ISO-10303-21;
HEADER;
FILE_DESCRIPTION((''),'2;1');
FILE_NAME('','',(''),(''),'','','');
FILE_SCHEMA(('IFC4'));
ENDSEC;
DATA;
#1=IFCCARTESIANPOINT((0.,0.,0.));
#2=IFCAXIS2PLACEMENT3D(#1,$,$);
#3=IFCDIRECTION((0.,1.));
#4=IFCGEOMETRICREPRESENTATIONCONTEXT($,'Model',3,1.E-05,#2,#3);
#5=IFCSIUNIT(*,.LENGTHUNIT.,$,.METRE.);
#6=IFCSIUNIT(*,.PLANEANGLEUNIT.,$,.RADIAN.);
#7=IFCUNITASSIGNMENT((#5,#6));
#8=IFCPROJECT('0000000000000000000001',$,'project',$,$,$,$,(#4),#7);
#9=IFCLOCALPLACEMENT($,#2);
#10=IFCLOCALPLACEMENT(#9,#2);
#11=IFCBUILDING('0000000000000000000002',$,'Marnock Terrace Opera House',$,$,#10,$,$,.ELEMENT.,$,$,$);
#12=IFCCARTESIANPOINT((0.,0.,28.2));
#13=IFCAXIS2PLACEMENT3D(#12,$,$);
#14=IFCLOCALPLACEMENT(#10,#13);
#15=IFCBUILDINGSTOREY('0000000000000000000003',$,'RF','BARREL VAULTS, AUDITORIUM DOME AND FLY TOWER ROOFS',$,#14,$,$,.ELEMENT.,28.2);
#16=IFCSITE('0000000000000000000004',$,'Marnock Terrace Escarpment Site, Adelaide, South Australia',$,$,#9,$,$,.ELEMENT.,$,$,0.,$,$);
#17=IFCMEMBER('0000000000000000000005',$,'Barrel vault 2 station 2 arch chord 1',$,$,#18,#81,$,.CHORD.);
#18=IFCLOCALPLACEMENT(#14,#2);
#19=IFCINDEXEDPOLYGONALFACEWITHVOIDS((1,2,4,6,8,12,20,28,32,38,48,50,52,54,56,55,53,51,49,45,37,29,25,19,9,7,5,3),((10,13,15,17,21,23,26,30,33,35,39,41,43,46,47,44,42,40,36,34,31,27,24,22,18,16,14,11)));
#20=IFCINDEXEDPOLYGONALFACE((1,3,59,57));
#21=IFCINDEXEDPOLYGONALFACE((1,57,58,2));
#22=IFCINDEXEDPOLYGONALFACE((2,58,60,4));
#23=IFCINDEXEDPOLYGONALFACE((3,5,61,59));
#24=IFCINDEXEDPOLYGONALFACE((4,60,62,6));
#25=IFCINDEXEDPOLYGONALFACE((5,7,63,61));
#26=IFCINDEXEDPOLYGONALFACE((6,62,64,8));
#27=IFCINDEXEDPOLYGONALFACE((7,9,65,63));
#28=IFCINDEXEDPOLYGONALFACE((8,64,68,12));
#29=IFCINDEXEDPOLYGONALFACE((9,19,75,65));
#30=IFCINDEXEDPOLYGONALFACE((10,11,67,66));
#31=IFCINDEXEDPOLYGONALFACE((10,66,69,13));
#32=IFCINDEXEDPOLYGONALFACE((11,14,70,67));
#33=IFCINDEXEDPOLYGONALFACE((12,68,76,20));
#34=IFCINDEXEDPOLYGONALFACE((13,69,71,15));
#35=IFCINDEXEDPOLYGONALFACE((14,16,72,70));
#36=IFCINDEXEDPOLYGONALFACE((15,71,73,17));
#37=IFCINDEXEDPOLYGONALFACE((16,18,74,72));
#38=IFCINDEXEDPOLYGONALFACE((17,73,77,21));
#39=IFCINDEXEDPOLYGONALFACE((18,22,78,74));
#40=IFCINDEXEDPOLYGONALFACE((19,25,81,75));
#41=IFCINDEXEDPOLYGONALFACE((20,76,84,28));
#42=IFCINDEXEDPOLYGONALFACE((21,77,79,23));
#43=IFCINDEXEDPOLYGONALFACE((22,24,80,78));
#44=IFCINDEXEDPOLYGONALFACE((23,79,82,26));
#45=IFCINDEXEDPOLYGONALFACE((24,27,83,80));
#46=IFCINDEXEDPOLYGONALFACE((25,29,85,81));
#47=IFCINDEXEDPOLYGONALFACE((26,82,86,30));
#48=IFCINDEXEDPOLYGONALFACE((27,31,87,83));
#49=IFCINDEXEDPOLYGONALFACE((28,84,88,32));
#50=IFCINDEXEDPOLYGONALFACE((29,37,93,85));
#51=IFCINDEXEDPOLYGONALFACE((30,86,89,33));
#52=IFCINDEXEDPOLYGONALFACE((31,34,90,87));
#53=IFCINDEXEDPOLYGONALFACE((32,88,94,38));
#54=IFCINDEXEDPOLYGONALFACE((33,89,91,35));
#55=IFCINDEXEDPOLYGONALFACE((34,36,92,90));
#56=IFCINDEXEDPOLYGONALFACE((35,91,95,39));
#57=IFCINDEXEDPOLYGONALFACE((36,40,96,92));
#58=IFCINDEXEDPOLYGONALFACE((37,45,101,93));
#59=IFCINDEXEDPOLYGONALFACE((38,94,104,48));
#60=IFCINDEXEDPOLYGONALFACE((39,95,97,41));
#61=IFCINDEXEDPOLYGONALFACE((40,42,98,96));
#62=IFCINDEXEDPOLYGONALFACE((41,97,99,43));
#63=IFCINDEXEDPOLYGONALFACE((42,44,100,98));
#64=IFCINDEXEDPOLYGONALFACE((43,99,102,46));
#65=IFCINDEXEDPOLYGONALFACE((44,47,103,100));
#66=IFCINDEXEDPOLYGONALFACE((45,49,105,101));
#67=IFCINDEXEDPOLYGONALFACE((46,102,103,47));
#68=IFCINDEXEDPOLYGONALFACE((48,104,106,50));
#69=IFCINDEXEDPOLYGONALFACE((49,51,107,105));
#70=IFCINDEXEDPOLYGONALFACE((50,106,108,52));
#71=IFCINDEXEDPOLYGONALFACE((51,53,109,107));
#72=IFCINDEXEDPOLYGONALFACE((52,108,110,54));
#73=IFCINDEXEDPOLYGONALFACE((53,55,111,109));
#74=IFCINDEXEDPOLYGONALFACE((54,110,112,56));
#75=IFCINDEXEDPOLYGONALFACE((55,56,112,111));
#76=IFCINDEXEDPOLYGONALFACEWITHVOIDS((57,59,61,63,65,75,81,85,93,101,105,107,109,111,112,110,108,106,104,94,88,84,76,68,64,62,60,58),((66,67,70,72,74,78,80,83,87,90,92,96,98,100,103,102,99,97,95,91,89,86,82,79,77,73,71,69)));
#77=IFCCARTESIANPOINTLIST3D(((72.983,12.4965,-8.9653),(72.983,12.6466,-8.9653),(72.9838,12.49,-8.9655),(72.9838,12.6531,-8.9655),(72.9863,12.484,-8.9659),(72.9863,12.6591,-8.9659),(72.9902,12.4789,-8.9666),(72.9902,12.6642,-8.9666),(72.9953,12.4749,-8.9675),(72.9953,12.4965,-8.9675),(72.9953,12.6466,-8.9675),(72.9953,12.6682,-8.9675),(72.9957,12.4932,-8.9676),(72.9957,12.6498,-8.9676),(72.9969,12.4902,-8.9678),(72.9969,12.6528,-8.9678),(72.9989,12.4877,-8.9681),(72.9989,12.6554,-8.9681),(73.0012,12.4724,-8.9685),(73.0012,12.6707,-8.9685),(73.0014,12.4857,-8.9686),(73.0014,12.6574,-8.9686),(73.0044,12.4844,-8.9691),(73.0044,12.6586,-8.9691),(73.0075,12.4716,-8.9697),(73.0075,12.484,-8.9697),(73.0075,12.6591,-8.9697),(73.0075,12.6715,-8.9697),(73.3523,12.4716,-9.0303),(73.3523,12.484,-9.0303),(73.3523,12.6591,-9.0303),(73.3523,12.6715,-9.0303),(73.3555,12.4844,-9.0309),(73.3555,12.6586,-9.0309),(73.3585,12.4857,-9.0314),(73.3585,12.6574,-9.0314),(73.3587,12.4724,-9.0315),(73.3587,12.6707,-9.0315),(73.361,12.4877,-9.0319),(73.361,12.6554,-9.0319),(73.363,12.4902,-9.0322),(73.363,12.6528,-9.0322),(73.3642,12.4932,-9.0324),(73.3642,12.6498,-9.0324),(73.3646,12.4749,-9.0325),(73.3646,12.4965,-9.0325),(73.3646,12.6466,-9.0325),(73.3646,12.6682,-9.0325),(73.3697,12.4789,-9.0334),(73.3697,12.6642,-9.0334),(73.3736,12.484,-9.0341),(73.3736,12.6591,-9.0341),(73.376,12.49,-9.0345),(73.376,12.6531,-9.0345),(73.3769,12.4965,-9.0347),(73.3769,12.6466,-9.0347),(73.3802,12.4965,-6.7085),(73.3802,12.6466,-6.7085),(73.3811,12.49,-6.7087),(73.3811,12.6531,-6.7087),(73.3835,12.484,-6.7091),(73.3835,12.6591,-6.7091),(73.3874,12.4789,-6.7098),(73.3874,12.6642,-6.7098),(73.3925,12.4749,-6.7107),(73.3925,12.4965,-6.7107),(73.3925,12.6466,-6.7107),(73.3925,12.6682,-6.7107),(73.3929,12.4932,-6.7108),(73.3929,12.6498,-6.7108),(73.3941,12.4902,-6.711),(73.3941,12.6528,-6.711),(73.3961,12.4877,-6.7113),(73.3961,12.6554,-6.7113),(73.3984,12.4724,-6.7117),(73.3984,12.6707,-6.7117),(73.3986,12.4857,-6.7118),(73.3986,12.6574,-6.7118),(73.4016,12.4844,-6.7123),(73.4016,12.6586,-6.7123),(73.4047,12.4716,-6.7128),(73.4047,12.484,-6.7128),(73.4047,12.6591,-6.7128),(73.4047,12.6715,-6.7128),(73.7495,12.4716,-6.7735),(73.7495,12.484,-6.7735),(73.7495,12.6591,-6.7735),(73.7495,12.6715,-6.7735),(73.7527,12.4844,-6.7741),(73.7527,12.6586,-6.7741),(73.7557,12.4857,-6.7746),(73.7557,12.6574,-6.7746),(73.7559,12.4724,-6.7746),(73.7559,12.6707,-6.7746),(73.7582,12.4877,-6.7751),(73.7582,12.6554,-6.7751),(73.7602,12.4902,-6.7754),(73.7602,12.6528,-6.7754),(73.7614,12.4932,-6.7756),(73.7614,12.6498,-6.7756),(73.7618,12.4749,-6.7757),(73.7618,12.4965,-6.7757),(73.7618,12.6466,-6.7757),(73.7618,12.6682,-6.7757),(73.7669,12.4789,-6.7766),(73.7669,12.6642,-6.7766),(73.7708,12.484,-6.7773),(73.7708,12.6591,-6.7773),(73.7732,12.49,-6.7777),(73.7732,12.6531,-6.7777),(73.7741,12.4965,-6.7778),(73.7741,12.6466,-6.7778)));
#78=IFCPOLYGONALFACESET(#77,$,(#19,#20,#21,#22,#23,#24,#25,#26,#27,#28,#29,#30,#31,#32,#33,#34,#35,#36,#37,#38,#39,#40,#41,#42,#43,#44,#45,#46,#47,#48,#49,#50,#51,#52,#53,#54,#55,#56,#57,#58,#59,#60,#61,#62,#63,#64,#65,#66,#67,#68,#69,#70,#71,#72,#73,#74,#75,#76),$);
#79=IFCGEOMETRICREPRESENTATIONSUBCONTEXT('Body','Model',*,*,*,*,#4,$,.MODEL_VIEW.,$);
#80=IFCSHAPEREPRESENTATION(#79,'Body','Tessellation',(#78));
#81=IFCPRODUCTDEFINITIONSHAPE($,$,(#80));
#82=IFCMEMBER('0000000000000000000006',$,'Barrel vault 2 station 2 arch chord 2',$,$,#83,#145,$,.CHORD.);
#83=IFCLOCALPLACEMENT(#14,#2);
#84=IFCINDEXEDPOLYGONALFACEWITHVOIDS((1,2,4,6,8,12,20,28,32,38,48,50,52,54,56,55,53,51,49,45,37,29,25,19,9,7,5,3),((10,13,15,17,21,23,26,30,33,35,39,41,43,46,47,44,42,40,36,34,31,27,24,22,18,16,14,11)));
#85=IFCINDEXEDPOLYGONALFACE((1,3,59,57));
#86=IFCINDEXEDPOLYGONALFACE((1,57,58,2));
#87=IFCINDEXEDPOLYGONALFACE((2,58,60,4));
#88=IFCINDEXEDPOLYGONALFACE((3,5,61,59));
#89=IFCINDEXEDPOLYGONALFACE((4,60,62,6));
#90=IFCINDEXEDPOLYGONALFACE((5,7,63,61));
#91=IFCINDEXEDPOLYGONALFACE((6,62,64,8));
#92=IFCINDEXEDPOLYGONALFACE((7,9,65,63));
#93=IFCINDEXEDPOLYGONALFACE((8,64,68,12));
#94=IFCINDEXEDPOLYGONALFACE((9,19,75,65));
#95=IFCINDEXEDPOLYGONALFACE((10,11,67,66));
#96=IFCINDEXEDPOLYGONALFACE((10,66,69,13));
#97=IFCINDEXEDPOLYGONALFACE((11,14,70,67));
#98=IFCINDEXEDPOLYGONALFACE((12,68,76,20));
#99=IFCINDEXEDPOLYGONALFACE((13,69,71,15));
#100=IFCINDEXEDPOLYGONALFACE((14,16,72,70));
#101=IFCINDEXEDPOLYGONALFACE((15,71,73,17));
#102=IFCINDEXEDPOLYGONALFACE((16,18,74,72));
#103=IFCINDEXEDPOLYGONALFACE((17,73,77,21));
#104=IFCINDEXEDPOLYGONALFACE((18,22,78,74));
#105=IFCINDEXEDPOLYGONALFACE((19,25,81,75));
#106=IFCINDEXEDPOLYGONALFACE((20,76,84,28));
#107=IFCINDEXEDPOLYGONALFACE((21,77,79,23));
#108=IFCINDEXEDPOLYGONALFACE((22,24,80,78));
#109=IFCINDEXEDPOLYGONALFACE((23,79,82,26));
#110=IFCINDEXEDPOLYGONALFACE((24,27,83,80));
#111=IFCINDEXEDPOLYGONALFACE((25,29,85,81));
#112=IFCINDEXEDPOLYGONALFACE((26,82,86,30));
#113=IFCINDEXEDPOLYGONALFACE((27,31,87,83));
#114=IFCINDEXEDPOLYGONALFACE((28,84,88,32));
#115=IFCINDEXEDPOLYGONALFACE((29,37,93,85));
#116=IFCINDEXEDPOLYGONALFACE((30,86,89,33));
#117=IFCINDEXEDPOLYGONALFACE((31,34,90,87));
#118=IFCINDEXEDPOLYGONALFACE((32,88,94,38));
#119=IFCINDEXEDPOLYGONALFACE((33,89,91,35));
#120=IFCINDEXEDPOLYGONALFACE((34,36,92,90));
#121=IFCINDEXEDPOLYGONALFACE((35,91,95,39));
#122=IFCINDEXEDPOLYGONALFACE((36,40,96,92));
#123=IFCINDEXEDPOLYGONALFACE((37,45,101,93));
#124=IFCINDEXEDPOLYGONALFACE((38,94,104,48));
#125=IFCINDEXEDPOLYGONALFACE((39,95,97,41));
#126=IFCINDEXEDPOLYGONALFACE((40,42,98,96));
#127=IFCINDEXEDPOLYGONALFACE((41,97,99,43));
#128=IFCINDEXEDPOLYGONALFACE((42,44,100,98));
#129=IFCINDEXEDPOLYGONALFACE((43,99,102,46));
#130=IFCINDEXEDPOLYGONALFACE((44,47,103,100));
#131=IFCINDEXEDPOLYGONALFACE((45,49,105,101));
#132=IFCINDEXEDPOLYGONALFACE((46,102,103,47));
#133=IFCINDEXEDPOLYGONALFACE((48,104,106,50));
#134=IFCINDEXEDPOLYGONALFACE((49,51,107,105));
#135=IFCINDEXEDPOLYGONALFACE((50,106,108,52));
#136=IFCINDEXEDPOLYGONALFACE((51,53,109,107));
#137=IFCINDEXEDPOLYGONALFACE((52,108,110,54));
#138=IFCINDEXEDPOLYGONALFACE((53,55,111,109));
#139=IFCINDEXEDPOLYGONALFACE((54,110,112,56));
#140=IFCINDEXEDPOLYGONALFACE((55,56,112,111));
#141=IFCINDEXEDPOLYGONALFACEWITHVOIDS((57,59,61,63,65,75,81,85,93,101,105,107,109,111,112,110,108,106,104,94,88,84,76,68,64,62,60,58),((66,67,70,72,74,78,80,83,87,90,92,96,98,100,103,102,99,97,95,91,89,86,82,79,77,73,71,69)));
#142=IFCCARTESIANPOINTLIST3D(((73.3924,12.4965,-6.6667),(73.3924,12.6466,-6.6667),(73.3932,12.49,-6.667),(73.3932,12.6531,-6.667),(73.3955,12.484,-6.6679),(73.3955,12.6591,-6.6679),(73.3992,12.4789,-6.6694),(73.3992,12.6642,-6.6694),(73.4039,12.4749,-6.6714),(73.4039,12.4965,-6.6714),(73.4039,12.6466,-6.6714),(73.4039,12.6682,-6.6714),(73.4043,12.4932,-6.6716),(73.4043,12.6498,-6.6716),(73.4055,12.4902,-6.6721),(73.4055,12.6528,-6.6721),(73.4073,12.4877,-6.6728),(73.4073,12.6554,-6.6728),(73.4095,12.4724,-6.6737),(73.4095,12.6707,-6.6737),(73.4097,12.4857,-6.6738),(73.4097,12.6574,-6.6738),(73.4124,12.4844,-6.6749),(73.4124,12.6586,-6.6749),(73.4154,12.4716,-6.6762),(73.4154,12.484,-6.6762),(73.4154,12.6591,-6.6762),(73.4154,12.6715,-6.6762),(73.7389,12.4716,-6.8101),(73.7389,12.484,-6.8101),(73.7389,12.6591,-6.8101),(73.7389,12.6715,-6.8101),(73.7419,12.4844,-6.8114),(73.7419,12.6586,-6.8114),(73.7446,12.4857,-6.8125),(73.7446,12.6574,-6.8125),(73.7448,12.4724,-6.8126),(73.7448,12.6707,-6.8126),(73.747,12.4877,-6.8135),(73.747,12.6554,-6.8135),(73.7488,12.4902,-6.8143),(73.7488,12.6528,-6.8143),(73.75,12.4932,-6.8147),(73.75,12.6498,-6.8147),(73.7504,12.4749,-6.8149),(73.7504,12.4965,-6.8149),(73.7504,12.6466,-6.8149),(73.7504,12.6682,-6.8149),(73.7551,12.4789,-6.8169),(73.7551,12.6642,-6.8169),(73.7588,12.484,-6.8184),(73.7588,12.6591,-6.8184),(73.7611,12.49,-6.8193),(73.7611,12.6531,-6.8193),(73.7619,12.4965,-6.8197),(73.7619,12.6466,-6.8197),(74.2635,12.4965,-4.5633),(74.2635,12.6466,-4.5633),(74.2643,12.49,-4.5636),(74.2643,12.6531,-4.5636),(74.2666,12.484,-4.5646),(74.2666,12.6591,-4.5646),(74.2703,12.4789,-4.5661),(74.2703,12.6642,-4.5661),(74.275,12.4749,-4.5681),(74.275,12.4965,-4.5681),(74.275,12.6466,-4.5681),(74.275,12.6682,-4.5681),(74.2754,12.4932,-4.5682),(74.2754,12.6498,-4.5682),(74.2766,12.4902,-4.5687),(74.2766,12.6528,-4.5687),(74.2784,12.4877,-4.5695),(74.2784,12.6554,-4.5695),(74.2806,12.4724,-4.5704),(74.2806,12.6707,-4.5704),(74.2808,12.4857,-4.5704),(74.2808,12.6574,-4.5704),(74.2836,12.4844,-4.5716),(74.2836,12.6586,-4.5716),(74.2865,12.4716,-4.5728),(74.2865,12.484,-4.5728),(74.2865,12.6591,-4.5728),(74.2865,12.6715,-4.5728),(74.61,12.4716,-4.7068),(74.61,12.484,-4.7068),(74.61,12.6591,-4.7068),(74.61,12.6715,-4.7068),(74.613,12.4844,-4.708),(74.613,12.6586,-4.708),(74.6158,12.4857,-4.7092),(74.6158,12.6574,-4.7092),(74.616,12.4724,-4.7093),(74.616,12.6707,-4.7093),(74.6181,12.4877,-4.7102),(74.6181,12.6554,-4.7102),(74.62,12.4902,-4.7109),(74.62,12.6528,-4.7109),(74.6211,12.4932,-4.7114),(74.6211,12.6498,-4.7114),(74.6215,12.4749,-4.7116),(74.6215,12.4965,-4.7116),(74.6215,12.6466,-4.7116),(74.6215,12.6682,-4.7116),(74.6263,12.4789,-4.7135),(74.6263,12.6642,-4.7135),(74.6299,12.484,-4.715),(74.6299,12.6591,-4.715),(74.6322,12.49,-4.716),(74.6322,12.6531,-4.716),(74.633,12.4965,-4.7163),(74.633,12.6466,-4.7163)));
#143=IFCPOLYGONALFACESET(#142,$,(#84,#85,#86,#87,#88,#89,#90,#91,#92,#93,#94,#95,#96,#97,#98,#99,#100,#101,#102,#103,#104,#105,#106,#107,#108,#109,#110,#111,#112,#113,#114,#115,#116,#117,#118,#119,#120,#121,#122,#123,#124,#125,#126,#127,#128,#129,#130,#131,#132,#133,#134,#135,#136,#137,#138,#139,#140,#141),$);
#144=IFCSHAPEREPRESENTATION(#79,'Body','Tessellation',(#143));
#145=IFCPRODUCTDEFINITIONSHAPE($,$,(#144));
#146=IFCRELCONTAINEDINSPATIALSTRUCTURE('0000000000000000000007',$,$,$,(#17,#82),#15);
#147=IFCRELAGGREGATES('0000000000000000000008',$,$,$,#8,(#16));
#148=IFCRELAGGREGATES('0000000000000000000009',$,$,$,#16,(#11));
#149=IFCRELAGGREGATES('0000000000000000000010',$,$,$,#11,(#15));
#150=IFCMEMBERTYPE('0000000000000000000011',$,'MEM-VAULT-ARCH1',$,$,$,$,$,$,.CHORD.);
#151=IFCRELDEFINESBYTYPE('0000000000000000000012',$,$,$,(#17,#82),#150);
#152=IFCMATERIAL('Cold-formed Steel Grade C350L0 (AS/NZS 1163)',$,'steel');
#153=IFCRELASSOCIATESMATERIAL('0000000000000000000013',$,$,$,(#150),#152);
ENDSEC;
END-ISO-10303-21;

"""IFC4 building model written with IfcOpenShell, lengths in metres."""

from ifc_helpers import new_model, si_unit, direction, frame, origin, origin_2d, place, context, subcontext, project, spatial, hollow_rectangle, extrude, material, material_profile, profile_set, type_object, element, save


model = new_model("IFC4")

# Units and contexts
model_context = context("Model", 3, precision=1e-05, world=origin(), true_north=direction((0.0, 1.0)))
body_context = subcontext(model_context, "Body", "Model", "MODEL_VIEW")
ifc_project = project(units=[si_unit("LENGTHUNIT", "METRE"), si_unit("PLANEANGLEUNIT", "RADIAN")], contexts=[model_context])

# Site, building, storey
site_placement = place(None, origin())
site = spatial("IfcSite", under=ifc_project, at=site_placement, Name="Marnock Terrace Escarpment Site, Adelaide, South Australia", CompositionType="ELEMENT", RefElevation=0.0)
building_placement = place(site_placement, origin())
building = spatial("IfcBuilding", under=site, at=building_placement, Name="Marnock Terrace Opera House", CompositionType="ELEMENT")
storey_placement = place(building_placement, frame((0.0, 0.0, 28.2)))
storey = spatial("IfcBuildingStorey", under=building, at=storey_placement, Name="RF", Description="BARREL VAULTS, AUDITORIUM DOME AND FLY TOWER ROOFS", CompositionType="ELEMENT", Elevation=28.2)

# Members
ifc_material = material(Name="Cold-formed Steel Grade C350L0 (AS/NZS 1163)", Category="steel")
ifc_material_profile_1 = material_profile(ifc_material, hollow_rectangle(XDim=0.2, YDim=0.3999, WallThickness=0.0125, InnerFilletRadius=0.0125, OuterFilletRadius=0.0249, at=origin_2d()))
ifc_profile_set_1 = profile_set([ifc_material_profile_1], Name="Cold-formed Steel Grade C350L0 (AS/NZS 1163)")
member_type_1 = type_object("IfcMemberType", Name="MEM-VAULT-ARCH1", PredefinedType="CHORD", material=ifc_profile_set_1)
member_1_placement = place(storey_placement, frame((73.1799, 12.5715, -9.0), z_axis=(0.173342, 0.0, 0.984862), x_axis=(0.0, 1.0, 0.0)))
element("IfcMember", 1, at=member_1_placement, inside=storey, type_object=member_type_1, Name="Barrel vault 2 station 2 arch chord 1", PredefinedType="CHORD", context=body_context, shape_type="SweptSolid", body=[
    extrude(hollow_rectangle(XDim=0.2, YDim=0.3999, WallThickness=0.0125, InnerFilletRadius=0.0125, OuterFilletRadius=0.0249, at=origin_2d()), origin(), (0.0, 0.0, 1.0), 2.2915),
])
member_2_placement = place(storey_placement, frame((73.5771, 12.5715, -6.7432), z_axis=(0.382642, 0.0, 0.923897), x_axis=(0.0, 1.0, 0.0)))
element("IfcMember", 2, at=member_2_placement, inside=storey, type_object=member_type_1, Name="Barrel vault 2 station 2 arch chord 2", PredefinedType="CHORD", context=body_context, shape_type="SweptSolid", body=[
    extrude(hollow_rectangle(XDim=0.2, YDim=0.3999, WallThickness=0.0125, InnerFilletRadius=0.0125, OuterFilletRadius=0.0249, at=origin_2d()), origin(), (0.0, 0.0, 1.0), 2.2766),
])

save(model, "model.ifc")
